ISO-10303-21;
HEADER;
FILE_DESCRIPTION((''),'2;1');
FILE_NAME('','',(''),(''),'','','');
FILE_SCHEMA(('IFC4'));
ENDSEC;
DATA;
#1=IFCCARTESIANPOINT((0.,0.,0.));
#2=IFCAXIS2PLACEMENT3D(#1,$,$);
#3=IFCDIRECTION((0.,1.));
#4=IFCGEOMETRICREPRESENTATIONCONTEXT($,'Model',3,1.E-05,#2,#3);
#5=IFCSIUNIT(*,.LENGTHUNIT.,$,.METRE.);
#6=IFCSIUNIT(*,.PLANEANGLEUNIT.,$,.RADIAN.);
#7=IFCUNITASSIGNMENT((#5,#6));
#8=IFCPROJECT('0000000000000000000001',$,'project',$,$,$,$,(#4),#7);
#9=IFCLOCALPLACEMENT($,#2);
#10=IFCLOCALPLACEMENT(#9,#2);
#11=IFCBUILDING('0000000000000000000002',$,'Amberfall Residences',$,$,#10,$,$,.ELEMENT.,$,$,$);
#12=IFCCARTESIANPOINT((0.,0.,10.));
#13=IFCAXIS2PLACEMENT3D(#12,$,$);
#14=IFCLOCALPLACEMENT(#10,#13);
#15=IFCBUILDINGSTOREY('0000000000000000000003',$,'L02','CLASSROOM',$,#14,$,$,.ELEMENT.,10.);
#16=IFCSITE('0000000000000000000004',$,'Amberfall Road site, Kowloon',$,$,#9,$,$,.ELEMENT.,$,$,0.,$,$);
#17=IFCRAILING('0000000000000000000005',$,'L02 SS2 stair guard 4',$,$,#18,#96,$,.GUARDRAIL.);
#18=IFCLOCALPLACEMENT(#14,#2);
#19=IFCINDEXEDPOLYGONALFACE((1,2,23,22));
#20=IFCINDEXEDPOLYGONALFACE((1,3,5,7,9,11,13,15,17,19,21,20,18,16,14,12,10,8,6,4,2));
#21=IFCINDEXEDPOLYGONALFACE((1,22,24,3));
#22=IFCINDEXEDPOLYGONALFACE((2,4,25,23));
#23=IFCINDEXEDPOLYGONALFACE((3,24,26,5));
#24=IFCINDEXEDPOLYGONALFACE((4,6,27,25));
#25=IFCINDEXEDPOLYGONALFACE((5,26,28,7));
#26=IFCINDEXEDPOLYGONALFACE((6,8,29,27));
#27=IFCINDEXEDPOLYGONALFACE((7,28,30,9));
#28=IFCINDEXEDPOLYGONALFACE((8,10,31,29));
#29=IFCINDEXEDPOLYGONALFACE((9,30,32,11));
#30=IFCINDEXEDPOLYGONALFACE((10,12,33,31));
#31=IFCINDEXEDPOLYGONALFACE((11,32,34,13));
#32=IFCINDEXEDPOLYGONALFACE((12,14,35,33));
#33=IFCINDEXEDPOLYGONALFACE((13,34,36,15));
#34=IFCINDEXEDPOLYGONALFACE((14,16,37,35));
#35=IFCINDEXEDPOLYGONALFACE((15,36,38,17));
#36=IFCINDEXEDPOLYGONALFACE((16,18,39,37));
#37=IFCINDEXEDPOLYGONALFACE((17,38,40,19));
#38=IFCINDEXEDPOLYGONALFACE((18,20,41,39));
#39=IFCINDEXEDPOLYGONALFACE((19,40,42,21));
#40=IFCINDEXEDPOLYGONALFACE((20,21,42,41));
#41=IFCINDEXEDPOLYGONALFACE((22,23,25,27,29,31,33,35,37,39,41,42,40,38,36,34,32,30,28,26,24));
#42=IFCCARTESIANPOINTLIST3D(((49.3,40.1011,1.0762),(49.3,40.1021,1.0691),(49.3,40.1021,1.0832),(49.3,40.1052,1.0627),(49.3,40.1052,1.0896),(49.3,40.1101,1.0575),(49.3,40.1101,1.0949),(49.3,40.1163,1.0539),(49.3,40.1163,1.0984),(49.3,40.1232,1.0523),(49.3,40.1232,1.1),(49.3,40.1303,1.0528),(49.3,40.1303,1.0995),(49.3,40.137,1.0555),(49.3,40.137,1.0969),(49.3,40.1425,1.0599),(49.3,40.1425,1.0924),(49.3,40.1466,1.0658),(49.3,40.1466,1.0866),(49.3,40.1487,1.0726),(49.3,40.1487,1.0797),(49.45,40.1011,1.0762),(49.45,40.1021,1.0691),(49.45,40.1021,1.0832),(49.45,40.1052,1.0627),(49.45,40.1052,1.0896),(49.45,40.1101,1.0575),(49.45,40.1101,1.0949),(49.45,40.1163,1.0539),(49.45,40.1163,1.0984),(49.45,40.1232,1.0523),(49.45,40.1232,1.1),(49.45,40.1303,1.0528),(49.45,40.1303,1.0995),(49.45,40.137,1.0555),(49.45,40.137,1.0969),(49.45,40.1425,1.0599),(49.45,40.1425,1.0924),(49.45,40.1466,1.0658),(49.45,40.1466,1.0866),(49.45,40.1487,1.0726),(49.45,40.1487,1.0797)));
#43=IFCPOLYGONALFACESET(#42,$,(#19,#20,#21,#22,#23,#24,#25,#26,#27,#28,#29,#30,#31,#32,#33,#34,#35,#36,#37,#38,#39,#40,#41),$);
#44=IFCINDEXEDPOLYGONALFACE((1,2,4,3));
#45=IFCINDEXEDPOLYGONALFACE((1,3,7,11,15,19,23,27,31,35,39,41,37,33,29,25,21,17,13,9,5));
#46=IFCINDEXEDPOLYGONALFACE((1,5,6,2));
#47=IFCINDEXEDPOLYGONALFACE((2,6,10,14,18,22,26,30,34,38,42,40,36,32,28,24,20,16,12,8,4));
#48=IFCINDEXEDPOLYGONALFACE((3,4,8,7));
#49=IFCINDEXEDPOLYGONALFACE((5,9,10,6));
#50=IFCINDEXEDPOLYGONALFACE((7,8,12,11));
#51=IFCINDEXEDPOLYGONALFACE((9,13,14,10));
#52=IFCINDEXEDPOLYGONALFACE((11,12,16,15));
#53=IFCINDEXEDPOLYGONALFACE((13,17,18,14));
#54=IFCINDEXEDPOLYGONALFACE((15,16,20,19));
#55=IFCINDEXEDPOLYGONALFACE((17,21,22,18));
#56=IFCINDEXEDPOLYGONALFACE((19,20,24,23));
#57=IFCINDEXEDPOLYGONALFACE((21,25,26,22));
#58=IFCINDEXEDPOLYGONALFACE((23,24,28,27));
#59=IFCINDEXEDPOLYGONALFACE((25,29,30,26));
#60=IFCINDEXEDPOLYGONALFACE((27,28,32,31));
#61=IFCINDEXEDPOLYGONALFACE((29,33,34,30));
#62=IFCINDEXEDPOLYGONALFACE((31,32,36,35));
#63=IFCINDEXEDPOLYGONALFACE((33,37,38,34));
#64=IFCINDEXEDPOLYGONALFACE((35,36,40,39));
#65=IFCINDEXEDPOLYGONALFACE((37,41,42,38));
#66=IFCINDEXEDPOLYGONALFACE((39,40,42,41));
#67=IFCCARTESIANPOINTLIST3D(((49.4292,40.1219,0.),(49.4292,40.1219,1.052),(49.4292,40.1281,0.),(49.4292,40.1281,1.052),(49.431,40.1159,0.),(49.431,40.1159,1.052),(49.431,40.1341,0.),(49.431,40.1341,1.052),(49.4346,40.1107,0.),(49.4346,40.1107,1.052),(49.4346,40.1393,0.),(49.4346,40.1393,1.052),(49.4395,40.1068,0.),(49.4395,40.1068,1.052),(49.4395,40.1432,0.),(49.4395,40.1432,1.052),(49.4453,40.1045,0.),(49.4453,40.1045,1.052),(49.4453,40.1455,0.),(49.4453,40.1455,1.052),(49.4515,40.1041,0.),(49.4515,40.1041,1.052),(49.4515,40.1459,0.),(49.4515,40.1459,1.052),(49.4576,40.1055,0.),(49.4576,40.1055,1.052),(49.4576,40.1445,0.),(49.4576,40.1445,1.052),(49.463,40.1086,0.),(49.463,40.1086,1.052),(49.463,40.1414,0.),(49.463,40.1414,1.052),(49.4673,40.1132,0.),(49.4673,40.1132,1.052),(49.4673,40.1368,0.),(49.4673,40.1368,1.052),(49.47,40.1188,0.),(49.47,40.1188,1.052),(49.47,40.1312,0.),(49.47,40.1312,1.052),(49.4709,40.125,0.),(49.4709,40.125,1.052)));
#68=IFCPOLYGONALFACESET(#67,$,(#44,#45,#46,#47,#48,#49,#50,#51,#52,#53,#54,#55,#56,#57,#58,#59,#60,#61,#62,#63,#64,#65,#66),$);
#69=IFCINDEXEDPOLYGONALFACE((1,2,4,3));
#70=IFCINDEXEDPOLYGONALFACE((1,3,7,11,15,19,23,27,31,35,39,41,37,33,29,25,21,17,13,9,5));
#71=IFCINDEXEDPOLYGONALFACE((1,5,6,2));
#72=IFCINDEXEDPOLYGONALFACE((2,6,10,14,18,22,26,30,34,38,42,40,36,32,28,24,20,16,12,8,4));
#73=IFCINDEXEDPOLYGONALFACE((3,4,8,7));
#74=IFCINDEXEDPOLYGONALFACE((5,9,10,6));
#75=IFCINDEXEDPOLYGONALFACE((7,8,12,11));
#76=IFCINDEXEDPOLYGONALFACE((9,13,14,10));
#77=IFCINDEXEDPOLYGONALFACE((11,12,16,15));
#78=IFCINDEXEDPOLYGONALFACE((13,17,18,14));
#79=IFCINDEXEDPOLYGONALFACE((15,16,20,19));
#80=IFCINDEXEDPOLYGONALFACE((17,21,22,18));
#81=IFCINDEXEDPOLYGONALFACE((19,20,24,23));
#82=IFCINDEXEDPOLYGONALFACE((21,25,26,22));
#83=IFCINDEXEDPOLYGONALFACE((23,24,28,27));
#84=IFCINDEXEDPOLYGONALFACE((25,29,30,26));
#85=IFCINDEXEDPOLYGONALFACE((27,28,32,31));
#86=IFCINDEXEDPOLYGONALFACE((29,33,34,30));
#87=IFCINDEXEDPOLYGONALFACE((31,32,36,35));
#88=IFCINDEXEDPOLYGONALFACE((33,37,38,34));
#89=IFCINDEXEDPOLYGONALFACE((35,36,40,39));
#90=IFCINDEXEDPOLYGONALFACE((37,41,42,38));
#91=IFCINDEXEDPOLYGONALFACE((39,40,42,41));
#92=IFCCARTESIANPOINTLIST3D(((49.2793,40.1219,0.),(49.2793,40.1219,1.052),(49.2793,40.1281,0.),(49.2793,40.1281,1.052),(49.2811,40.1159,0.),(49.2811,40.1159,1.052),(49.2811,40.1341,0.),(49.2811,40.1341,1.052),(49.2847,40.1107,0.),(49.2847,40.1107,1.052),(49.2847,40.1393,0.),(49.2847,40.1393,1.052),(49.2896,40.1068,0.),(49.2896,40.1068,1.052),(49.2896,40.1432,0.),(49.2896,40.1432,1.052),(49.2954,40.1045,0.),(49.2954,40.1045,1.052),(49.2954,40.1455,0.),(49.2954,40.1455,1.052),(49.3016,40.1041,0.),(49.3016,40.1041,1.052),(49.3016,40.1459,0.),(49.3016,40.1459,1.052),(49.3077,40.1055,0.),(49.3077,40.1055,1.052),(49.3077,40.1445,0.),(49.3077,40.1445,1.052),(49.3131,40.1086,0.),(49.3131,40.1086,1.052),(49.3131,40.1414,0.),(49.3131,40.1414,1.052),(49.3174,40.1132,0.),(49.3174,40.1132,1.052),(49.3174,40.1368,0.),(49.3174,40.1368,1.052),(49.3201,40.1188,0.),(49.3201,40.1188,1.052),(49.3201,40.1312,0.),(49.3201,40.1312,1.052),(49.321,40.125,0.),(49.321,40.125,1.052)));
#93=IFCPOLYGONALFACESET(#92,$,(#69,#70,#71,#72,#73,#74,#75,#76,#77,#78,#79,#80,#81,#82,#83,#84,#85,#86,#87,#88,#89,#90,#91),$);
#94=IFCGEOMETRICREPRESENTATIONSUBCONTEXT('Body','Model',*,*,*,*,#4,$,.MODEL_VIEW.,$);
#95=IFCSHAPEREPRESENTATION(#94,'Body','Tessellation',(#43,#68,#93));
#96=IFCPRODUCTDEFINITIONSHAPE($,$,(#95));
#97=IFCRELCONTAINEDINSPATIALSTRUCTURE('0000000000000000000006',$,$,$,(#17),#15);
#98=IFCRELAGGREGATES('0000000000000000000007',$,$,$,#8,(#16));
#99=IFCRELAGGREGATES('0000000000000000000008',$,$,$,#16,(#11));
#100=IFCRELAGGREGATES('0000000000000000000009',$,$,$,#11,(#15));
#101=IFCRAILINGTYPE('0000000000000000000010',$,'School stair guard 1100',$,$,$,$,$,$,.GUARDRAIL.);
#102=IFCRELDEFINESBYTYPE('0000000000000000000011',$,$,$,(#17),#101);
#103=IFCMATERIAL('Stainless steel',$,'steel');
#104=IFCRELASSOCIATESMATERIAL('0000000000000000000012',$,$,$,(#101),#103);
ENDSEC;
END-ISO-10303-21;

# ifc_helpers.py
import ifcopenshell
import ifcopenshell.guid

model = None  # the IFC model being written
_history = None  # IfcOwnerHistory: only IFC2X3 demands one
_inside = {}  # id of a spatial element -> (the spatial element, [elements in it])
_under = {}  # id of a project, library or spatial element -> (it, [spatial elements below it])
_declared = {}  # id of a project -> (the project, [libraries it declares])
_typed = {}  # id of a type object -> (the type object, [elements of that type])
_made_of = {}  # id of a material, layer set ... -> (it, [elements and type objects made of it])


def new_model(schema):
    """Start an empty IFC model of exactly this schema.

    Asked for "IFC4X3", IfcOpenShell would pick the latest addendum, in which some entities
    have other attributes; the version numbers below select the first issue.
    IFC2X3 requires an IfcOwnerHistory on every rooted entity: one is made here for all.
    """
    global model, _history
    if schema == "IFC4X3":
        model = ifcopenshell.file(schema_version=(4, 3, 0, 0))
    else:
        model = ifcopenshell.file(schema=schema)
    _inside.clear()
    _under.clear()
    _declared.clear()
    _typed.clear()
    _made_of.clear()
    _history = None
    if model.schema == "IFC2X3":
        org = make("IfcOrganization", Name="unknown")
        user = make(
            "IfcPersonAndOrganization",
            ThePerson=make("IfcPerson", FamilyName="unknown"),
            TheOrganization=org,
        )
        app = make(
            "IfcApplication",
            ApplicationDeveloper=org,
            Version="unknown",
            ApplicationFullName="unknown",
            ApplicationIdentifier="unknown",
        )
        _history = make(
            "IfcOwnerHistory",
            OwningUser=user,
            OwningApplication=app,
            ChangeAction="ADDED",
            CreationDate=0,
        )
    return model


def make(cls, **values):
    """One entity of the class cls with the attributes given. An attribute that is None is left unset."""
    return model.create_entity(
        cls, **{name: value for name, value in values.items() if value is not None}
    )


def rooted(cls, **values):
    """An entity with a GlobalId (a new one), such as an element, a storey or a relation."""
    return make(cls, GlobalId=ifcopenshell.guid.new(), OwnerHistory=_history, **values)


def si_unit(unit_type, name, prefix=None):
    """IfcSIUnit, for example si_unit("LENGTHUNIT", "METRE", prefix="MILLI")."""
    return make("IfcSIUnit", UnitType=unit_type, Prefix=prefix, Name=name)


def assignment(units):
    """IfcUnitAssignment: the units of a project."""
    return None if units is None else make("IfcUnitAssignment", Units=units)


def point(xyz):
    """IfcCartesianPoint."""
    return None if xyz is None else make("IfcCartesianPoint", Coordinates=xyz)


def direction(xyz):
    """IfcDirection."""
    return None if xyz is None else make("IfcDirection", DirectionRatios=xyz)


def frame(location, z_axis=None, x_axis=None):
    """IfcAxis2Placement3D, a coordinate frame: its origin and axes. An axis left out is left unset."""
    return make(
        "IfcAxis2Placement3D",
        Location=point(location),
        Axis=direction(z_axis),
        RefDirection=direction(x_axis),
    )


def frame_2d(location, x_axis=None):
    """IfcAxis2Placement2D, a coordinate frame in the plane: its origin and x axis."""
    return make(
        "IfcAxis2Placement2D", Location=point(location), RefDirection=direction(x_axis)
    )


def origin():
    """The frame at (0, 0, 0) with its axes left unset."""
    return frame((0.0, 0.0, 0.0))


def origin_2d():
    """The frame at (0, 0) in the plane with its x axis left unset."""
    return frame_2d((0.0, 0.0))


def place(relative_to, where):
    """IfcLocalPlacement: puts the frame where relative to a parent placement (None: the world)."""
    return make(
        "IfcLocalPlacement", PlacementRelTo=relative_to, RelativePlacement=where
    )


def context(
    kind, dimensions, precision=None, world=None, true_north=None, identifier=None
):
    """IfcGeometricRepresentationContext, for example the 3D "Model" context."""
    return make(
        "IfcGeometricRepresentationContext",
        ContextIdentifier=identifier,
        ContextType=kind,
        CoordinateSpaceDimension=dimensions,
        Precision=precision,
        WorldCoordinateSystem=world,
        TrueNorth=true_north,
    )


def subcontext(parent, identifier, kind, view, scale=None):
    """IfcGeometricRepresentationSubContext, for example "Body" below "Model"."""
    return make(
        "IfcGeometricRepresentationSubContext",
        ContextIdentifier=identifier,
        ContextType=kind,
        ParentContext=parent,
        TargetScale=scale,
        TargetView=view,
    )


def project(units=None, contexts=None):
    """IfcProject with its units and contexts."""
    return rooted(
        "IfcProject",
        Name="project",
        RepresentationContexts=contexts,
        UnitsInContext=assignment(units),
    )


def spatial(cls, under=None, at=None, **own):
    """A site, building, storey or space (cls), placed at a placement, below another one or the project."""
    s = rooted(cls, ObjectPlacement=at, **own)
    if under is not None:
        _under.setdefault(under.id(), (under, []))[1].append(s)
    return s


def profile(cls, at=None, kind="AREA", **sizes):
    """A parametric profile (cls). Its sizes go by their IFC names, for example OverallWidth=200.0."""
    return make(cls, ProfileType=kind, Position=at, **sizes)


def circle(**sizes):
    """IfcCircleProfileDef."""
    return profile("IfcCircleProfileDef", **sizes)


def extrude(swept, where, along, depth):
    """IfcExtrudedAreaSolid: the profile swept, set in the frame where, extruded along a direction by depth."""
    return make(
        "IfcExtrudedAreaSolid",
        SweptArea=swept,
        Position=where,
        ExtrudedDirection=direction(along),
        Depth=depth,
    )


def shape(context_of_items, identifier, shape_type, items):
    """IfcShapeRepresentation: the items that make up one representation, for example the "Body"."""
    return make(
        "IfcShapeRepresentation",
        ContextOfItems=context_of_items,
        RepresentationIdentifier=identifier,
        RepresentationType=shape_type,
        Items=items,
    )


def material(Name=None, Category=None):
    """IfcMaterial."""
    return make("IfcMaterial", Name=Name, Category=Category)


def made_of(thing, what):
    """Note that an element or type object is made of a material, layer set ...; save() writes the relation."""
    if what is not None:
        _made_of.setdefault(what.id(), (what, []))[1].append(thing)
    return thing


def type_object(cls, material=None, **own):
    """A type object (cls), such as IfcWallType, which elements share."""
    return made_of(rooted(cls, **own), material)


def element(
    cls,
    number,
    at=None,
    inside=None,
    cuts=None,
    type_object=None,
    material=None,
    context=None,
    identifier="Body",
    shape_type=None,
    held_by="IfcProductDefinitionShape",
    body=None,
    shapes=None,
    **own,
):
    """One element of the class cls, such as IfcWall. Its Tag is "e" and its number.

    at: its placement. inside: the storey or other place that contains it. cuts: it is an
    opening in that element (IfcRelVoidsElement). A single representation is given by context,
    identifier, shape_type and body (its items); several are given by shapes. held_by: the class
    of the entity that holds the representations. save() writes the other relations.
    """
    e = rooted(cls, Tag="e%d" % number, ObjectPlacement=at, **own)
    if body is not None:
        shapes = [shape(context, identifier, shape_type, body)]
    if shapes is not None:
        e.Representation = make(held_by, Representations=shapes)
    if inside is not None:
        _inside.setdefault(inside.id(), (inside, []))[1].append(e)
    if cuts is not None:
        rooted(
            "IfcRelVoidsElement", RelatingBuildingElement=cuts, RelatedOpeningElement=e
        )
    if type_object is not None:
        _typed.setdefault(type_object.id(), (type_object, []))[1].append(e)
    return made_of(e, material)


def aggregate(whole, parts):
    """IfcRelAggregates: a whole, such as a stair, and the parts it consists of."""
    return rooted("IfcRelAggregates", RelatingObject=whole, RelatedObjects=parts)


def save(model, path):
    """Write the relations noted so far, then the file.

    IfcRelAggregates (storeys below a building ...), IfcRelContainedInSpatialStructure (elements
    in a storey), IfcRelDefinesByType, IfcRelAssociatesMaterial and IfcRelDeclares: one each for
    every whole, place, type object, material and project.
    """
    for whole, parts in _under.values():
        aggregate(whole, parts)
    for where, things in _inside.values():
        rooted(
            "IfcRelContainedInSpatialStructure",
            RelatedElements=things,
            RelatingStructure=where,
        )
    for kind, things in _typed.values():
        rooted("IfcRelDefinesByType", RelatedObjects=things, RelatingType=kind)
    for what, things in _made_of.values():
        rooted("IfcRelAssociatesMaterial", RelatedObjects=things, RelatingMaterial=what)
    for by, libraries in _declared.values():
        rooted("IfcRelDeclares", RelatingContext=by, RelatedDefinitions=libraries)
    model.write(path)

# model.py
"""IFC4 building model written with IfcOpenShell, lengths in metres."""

from ifc_helpers import new_model, si_unit, direction, frame, origin, origin_2d, place, context, subcontext, project, spatial, circle, extrude, material, type_object, element, save


model = new_model("IFC4")

# Units and contexts
model_context = context("Model", 3, precision=1e-05, world=origin(), true_north=direction((0.0, 1.0)))
body_context = subcontext(model_context, "Body", "Model", "MODEL_VIEW")
ifc_project = project(units=[si_unit("LENGTHUNIT", "METRE"), si_unit("PLANEANGLEUNIT", "RADIAN")], contexts=[model_context])

# Site, building, storey
site_placement = place(None, origin())
site = spatial("IfcSite", under=ifc_project, at=site_placement, Name="Amberfall Road site, Kowloon", CompositionType="ELEMENT", RefElevation=0.0)
building_placement = place(site_placement, origin())
building = spatial("IfcBuilding", under=site, at=building_placement, Name="Amberfall Residences", CompositionType="ELEMENT")
storey_placement = place(building_placement, frame((0.0, 0.0, 10.0)))
storey = spatial("IfcBuildingStorey", under=building, at=storey_placement, Name="L02", Description="CLASSROOM", CompositionType="ELEMENT", Elevation=10.0)

# Railing
ifc_material_1 = material(Name="Stainless steel", Category="steel")
railing_type_1 = type_object("IfcRailingType", Name="School stair guard 1100", PredefinedType="GUARDRAIL", material=ifc_material_1)
railing_1_placement = place(storey_placement, frame((49.45, 40.125, 0.0)))
element("IfcRailing", 1, at=railing_1_placement, inside=storey, type_object=railing_type_1, Name="L02 SS2 stair guard 4", PredefinedType="GUARDRAIL", context=body_context, shape_type="SweptSolid", body=[
    extrude(circle(Radius=0.0239, at=origin_2d()), frame((0.0, 0.0, 1.0762), z_axis=(-1.0, 0.0, 0.0), x_axis=(0.0, -1.0, 0.0)), (0.0, 0.0, 1.0), 0.1499),
    extrude(circle(Radius=0.021, at=origin_2d()), origin(), (0.0, 0.0, 1.0), 1.052),
    extrude(circle(Radius=0.021, at=origin_2d()), frame((-0.1499, 0.0, 0.0)), (0.0, 0.0, 1.0), 1.052),
])

save(model, "model.ifc")
